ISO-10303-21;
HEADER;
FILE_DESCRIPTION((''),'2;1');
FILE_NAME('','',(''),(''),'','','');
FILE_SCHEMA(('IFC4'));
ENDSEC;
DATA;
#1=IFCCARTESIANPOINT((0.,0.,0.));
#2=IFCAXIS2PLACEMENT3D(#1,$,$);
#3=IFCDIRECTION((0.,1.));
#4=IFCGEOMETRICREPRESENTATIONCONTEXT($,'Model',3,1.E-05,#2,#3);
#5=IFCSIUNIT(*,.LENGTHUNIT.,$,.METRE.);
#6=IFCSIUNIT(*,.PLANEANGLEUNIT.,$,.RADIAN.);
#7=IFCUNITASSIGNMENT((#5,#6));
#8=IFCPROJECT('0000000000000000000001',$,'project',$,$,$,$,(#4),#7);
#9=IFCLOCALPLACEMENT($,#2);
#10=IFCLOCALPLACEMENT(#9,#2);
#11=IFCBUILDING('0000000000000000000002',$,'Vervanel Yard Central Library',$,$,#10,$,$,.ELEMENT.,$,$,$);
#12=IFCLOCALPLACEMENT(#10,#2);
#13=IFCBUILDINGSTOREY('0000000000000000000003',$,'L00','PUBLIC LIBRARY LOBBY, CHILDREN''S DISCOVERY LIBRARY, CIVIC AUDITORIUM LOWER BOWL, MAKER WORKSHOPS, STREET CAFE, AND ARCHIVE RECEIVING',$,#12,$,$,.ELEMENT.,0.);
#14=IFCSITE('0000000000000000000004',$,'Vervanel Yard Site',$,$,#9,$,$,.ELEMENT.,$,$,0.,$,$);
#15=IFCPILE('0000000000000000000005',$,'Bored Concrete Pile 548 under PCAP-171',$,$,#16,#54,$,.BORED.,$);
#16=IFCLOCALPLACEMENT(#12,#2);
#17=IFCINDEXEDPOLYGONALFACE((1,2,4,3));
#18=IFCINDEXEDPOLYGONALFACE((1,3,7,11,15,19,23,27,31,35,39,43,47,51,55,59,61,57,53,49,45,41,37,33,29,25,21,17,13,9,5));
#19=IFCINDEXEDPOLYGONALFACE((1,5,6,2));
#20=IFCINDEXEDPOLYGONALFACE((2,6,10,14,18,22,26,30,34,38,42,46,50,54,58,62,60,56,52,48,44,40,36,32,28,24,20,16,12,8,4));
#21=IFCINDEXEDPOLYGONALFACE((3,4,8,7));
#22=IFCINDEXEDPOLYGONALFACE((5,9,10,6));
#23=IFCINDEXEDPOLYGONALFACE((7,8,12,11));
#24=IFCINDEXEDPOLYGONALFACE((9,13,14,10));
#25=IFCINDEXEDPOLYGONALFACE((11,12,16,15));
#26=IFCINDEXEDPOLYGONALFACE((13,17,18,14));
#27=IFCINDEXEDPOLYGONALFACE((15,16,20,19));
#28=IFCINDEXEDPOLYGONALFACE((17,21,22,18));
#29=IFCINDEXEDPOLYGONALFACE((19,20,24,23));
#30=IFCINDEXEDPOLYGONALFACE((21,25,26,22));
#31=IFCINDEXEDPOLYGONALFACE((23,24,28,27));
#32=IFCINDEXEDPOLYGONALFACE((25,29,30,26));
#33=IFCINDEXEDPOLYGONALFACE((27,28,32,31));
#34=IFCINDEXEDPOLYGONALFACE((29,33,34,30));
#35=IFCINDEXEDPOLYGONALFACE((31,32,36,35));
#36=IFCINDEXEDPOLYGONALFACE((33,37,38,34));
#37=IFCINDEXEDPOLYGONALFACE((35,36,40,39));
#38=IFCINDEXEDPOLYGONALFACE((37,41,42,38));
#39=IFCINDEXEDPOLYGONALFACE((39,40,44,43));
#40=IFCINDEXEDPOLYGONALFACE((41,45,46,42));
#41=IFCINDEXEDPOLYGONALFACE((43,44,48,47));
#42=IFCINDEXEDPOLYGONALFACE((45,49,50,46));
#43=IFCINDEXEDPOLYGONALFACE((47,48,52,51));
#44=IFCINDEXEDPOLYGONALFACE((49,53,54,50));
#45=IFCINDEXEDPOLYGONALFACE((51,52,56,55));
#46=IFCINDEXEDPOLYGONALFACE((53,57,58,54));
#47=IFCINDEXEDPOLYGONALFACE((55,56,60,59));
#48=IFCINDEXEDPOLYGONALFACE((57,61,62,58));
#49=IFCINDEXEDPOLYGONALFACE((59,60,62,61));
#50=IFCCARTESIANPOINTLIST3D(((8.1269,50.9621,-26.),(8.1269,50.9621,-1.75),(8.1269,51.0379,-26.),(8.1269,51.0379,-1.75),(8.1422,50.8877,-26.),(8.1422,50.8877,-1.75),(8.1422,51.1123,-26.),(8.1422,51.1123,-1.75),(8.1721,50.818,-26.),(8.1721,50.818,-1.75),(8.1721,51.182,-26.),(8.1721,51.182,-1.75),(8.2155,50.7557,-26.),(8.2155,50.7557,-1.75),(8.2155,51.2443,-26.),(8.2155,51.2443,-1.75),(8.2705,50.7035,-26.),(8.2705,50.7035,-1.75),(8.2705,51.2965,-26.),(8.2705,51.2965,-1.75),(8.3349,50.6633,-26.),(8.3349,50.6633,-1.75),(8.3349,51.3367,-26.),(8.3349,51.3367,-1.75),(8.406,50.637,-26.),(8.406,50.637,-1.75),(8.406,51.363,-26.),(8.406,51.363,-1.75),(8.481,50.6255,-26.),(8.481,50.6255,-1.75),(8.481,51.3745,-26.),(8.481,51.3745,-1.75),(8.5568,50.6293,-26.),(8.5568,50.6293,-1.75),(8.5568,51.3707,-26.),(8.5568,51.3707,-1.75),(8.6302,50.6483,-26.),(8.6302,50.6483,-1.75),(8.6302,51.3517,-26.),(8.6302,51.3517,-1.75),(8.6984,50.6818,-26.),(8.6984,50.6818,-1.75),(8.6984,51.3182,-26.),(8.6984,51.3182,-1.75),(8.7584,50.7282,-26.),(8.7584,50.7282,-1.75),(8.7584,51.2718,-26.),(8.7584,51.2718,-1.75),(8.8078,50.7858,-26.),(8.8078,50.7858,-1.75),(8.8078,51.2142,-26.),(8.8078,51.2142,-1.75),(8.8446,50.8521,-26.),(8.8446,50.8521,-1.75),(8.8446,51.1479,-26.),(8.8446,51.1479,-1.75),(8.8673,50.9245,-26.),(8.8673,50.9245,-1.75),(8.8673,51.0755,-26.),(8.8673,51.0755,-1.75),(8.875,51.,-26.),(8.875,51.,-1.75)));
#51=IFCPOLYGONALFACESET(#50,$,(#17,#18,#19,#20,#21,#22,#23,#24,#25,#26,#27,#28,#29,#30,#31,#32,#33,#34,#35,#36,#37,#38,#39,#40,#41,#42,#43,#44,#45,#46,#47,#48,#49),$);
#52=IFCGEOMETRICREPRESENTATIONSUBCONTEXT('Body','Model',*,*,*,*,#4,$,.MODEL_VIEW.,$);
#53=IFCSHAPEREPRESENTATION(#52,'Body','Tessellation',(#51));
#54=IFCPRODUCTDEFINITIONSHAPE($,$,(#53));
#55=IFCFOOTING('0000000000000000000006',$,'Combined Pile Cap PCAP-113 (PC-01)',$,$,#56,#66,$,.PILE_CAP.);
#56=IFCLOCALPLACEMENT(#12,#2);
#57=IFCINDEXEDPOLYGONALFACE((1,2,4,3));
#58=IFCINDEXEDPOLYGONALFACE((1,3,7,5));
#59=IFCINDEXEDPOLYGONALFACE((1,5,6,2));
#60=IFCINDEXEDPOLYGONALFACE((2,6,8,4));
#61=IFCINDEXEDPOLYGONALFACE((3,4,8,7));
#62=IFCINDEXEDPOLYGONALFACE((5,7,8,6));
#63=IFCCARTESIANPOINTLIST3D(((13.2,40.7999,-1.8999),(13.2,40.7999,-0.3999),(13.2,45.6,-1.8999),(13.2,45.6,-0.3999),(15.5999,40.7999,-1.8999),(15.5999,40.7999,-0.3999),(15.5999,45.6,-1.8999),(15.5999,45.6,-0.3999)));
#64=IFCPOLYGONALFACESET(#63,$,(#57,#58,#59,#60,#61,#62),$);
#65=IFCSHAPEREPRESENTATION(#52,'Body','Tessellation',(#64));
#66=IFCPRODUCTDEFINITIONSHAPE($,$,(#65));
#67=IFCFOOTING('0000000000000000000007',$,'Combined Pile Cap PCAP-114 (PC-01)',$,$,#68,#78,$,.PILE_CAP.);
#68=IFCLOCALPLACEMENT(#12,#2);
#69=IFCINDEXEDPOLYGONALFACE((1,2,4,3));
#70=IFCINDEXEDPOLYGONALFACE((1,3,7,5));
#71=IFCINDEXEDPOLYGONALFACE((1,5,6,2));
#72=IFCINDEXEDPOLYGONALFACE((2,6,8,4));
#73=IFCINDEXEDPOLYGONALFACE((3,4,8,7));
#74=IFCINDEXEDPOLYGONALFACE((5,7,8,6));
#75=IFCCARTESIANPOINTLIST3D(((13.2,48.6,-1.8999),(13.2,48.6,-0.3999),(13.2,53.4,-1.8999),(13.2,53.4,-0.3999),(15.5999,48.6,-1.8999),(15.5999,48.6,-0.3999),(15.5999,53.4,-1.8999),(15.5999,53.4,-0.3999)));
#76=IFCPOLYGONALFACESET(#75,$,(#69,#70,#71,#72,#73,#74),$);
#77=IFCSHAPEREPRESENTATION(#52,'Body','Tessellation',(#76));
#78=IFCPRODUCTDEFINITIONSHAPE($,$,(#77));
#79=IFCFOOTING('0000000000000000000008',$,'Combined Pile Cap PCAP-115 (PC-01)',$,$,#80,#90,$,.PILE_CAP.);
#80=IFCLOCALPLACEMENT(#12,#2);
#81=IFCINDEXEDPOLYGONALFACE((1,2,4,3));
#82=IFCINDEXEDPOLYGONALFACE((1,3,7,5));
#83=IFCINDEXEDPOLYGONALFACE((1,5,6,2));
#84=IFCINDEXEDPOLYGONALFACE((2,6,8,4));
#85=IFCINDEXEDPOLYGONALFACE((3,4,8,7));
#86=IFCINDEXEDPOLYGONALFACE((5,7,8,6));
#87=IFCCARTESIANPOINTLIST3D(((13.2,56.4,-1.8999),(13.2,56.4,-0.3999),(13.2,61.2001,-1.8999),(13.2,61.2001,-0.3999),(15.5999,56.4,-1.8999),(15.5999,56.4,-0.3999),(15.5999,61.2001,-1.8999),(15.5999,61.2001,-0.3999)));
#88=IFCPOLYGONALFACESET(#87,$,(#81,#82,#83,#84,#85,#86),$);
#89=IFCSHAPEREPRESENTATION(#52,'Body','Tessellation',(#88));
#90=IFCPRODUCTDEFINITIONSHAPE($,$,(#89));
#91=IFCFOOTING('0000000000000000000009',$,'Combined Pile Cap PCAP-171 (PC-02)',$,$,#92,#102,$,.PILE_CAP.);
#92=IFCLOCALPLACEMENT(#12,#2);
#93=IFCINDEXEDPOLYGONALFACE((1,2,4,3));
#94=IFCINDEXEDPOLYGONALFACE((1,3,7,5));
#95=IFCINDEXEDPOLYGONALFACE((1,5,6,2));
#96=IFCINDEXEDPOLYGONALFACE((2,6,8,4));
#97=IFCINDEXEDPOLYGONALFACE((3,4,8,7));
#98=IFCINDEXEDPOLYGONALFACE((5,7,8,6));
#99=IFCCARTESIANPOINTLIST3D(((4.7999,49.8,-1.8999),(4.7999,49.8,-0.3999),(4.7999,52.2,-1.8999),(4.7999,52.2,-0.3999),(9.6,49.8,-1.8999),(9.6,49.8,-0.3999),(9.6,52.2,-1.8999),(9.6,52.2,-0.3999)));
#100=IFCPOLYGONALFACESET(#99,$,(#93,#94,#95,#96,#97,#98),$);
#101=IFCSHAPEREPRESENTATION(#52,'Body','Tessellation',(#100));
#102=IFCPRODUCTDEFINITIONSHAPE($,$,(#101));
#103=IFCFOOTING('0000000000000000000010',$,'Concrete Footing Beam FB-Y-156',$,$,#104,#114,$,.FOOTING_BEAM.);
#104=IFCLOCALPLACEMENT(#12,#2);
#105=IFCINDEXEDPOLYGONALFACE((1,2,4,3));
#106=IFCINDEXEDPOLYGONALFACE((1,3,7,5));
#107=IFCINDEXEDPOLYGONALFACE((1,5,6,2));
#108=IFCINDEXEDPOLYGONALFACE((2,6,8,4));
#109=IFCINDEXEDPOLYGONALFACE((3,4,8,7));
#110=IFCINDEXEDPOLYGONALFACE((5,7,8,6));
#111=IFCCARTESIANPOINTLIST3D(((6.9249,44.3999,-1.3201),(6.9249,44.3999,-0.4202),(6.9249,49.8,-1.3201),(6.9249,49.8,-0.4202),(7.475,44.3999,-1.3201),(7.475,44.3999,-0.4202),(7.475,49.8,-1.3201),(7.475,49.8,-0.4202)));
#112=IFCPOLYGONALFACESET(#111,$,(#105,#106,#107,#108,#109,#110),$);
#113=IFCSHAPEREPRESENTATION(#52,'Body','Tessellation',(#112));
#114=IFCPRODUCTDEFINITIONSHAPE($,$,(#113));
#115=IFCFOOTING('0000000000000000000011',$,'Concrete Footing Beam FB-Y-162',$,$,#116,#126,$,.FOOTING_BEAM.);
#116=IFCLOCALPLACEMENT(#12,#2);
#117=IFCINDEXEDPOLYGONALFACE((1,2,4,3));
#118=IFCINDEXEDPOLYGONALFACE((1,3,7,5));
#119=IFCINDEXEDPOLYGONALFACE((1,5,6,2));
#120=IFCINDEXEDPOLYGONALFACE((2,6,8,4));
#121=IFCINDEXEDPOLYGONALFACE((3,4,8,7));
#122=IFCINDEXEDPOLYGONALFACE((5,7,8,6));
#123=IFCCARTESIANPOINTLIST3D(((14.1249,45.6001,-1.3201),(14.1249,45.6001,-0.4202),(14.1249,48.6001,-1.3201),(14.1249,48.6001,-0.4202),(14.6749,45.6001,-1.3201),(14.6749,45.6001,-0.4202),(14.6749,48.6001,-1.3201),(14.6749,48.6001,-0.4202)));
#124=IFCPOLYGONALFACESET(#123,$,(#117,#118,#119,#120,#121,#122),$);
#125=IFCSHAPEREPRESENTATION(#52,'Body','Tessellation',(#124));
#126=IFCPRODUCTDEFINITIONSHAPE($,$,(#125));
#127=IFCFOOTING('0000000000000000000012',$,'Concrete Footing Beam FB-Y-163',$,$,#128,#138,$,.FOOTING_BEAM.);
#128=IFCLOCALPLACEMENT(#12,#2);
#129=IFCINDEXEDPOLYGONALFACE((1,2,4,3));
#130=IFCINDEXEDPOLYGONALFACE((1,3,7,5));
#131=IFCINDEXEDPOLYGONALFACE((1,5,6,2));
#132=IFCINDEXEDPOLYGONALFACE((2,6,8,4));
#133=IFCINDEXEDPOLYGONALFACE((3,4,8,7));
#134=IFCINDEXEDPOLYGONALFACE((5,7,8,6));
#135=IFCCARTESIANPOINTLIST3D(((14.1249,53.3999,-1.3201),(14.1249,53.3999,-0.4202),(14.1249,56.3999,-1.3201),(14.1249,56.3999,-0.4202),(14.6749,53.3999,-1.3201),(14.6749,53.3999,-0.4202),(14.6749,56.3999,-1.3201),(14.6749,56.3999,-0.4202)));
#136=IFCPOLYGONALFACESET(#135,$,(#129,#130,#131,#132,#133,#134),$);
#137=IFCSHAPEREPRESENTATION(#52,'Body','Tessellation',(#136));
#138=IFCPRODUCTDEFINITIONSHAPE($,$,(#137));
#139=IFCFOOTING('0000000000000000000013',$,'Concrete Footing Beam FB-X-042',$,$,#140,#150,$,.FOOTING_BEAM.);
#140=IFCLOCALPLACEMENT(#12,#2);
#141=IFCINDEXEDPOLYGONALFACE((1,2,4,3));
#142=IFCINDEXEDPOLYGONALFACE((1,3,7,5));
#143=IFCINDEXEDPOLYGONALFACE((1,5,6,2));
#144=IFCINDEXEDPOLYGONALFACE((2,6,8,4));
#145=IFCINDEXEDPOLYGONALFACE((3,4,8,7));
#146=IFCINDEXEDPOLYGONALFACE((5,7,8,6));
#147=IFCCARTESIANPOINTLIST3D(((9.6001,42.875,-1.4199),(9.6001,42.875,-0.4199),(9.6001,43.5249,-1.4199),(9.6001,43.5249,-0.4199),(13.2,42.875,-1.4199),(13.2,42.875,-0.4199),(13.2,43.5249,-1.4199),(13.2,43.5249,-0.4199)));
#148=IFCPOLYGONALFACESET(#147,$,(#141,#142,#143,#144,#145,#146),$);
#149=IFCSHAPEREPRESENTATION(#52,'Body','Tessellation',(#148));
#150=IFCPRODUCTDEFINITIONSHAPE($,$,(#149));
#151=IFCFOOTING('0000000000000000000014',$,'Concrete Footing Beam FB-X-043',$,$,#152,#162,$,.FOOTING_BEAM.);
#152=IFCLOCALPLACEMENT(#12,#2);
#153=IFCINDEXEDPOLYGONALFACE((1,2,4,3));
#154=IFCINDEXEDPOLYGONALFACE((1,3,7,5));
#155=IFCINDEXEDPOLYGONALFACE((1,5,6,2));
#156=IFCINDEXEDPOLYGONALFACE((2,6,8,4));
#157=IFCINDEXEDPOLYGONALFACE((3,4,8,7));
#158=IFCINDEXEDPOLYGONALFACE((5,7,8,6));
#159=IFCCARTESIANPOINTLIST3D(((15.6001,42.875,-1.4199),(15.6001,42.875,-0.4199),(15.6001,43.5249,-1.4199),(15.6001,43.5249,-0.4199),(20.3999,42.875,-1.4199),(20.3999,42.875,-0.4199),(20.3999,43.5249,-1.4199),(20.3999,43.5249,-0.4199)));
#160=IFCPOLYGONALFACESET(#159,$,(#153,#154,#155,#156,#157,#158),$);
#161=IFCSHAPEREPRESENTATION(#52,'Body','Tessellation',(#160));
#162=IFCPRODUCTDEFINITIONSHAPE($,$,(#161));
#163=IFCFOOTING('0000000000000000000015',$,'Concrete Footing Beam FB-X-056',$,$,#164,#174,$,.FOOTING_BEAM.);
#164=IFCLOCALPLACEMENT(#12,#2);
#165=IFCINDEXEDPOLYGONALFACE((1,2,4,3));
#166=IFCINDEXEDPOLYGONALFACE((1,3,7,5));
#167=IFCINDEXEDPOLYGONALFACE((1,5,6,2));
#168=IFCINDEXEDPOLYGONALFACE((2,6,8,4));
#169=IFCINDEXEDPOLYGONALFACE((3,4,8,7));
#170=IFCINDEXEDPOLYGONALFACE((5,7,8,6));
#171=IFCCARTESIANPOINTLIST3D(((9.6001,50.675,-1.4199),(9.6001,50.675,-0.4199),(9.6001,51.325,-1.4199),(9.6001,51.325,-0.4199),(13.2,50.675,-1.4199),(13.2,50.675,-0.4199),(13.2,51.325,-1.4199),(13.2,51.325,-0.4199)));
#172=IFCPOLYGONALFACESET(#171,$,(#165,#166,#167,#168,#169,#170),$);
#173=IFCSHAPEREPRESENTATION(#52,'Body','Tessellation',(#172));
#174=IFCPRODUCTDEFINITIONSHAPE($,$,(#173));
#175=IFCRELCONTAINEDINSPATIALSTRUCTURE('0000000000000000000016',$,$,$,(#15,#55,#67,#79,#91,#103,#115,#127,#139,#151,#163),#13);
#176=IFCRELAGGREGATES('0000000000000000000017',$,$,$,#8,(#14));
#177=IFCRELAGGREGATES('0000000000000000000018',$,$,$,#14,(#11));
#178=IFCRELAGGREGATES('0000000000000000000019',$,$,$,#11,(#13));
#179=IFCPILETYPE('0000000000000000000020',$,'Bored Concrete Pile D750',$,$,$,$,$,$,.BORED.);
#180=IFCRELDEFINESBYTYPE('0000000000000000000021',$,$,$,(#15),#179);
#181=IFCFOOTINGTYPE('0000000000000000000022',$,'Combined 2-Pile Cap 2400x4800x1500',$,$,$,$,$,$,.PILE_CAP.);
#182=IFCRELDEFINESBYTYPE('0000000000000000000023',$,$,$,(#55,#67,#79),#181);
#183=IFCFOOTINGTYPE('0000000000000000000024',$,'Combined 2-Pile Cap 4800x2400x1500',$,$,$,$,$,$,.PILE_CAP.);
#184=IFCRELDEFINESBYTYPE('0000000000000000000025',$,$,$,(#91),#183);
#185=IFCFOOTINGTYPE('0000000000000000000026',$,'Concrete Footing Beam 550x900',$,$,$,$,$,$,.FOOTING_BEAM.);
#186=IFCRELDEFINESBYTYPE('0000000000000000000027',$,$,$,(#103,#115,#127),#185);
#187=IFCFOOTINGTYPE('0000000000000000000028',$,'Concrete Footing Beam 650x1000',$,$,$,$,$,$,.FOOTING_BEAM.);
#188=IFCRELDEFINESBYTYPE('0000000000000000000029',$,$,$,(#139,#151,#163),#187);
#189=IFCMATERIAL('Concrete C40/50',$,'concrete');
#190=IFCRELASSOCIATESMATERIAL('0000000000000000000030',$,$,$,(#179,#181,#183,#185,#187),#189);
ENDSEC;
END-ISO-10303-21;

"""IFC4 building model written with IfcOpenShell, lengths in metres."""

from ifc_helpers import new_model, si_unit, direction, frame, origin, origin_2d, place, context, subcontext, project, spatial, rectangle, circle, extrude, material, material_profile, profile_set, type_object, element, save


model = new_model("IFC4")

# Units and contexts
model_context = context("Model", 3, precision=1e-05, world=origin(), true_north=direction((0.0, 1.0)))
body_context = subcontext(model_context, "Body", "Model", "MODEL_VIEW")
ifc_project = project(units=[si_unit("LENGTHUNIT", "METRE"), si_unit("PLANEANGLEUNIT", "RADIAN")], contexts=[model_context])

# Site, building, storey
site_placement = place(None, origin())
site = spatial("IfcSite", under=ifc_project, at=site_placement, Name="Vervanel Yard Site", CompositionType="ELEMENT", RefElevation=0.0)
building_placement = place(site_placement, origin())
building = spatial("IfcBuilding", under=site, at=building_placement, Name="Vervanel Yard Central Library", CompositionType="ELEMENT")
storey_placement = place(building_placement, origin())
storey = spatial("IfcBuildingStorey", under=building, at=storey_placement, Name="L00", Description="PUBLIC LIBRARY LOBBY, CHILDREN'S DISCOVERY LIBRARY, CIVIC AUDITORIUM LOWER BOWL, MAKER WORKSHOPS, STREET CAFE, AND ARCHIVE RECEIVING", CompositionType="ELEMENT", Elevation=0.0)

# Pile
ifc_material_1 = material(Name="Concrete C40/50", Category="concrete")
ifc_material_profile_1 = material_profile(ifc_material_1, circle(Radius=0.375, at=origin_2d()), Name="BP D750", Category="concrete")
ifc_profile_set_1 = profile_set([ifc_material_profile_1], Name="Concrete C40/50")
pile_type = type_object("IfcPileType", Name="Bored Concrete Pile D750", PredefinedType="BORED", material=ifc_profile_set_1)
for number, where, z_axis, x_axis, name in (
    (1, (8.5, 51.0, -1.75), (0.0, 0.0, -1.0), (1.0, 0.0, 0.0), "Bored Concrete Pile 548 under PCAP-171"),
):
    element("IfcPile", number, at=place(storey_placement, frame(where, z_axis=z_axis, x_axis=x_axis)), inside=storey, type_object=pile_type, Name=name, PredefinedType="BORED", context=body_context, shape_type="SweptSolid", body=[
        extrude(circle(Radius=0.375, at=origin_2d()), origin(), (0.0, 0.0, 1.0), 24.25),
    ])

# Footings
footing_type_1 = type_object("IfcFootingType", Name="Combined 2-Pile Cap 2400x4800x1500", PredefinedType="PILE_CAP", material=ifc_material_1)
for number, where, z_axis, x_axis, name in (
    (2, (14.3999, 43.2, -1.8999), (0.0, 0.0, 1.0), (1.0, 0.0, 0.0), "Combined Pile Cap PCAP-113 (PC-01)"),
    (3, (14.3999, 51.0, -1.8999), (0.0, 0.0, 1.0), (1.0, 0.0, 0.0), "Combined Pile Cap PCAP-114 (PC-01)"),
    (4, (14.3999, 58.8, -1.8999), (0.0, 0.0, 1.0), (1.0, 0.0, 0.0), "Combined Pile Cap PCAP-115 (PC-01)"),
):
    element("IfcFooting", number, at=place(storey_placement, frame(where, z_axis=z_axis, x_axis=x_axis)), inside=storey, type_object=footing_type_1, Name=name, PredefinedType="PILE_CAP", context=body_context, shape_type="SweptSolid", body=[
        extrude(rectangle(XDim=2.3999, YDim=4.8, at=origin_2d()), origin(), (0.0, 0.0, 1.0), 1.5),
    ])
footing_type_2 = type_object("IfcFootingType", Name="Combined 2-Pile Cap 4800x2400x1500", PredefinedType="PILE_CAP", material=ifc_material_1)
footing_1_placement = place(storey_placement, frame((7.2, 51.0, -1.8999), z_axis=(0.0, 0.0, 1.0), x_axis=(1.0, 0.0, 0.0)))
element("IfcFooting", 5, at=footing_1_placement, inside=storey, type_object=footing_type_2, Name="Combined Pile Cap PCAP-171 (PC-02)", PredefinedType="PILE_CAP", context=body_context, shape_type="SweptSolid", body=[
    extrude(rectangle(XDim=4.8, YDim=2.3999, at=origin_2d()), origin(), (0.0, 0.0, 1.0), 1.5),
])
ifc_material_profile_2 = material_profile(ifc_material_1, rectangle(XDim=0.55, YDim=0.8999, at=origin_2d()), Name="RC 550x900", Category="concrete")
ifc_profile_set_2 = profile_set([ifc_material_profile_2], Name="Concrete C40/50")
footing_type_3 = type_object("IfcFootingType", Name="Concrete Footing Beam 550x900", PredefinedType="FOOTING_BEAM", material=ifc_profile_set_2)
footing_2_placement = place(storey_placement, frame((7.2, 44.3999, -0.8701), z_axis=(0.0, 1.0, 0.0), x_axis=(-1.0, 0.0, 0.0)))
element("IfcFooting", 6, at=footing_2_placement, inside=storey, type_object=footing_type_3, Name="Concrete Footing Beam FB-Y-156", PredefinedType="FOOTING_BEAM", context=body_context, shape_type="SweptSolid", body=[
    extrude(rectangle(XDim=0.55, YDim=0.8999, at=origin_2d()), origin(), (0.0, 0.0, 1.0), 5.4001),
])
for number, where, z_axis, x_axis, name in (
    (7, (14.3999, 45.6001, -0.8701), (0.0, 1.0, 0.0), (-1.0, 0.0, 0.0), "Concrete Footing Beam FB-Y-162"),
    (8, (14.3999, 53.3999, -0.8701), (0.0, 1.0, 0.0), (-1.0, 0.0, 0.0), "Concrete Footing Beam FB-Y-163"),
):
    element("IfcFooting", number, at=place(storey_placement, frame(where, z_axis=z_axis, x_axis=x_axis)), inside=storey, type_object=footing_type_3, Name=name, PredefinedType="FOOTING_BEAM", context=body_context, shape_type="SweptSolid", body=[
        extrude(rectangle(XDim=0.55, YDim=0.8999, at=origin_2d()), origin(), (0.0, 0.0, 1.0), 3.0),
    ])
ifc_material_profile_3 = material_profile(ifc_material_1, rectangle(XDim=0.6499, YDim=1.0, at=origin_2d()), Name="RC 650x1000", Category="concrete")
ifc_profile_set_3 = profile_set([ifc_material_profile_3], Name="Concrete C40/50")
footing_type_4 = type_object("IfcFootingType", Name="Concrete Footing Beam 650x1000", PredefinedType="FOOTING_BEAM", material=ifc_profile_set_3)
footing_3_placement = place(storey_placement, frame((9.6001, 43.2, -0.9199), z_axis=(1.0, 0.0, 0.0), x_axis=(0.0, 1.0, 0.0)))
element("IfcFooting", 9, at=footing_3_placement, inside=storey, type_object=footing_type_4, Name="Concrete Footing Beam FB-X-042", PredefinedType="FOOTING_BEAM", context=body_context, shape_type="SweptSolid", body=[
    extrude(rectangle(XDim=0.6499, YDim=1.0, at=origin_2d()), origin(), (0.0, 0.0, 1.0), 3.5999),
])
footing_4_placement = place(storey_placement, frame((15.6001, 43.2, -0.9199), z_axis=(1.0, 0.0, 0.0), x_axis=(0.0, 1.0, 0.0)))
element("IfcFooting", 10, at=footing_4_placement, inside=storey, type_object=footing_type_4, Name="Concrete Footing Beam FB-X-043", PredefinedType="FOOTING_BEAM", context=body_context, shape_type="SweptSolid", body=[
    extrude(rectangle(XDim=0.6499, YDim=1.0, at=origin_2d()), origin(), (0.0, 0.0, 1.0), 4.7998),
])
footing_5_placement = place(storey_placement, frame((9.6001, 51.0, -0.9199), z_axis=(1.0, 0.0, 0.0), x_axis=(0.0, 1.0, 0.0)))
element("IfcFooting", 11, at=footing_5_placement, inside=storey, type_object=footing_type_4, Name="Concrete Footing Beam FB-X-056", PredefinedType="FOOTING_BEAM", context=body_context, shape_type="SweptSolid", body=[
    extrude(rectangle(XDim=0.6499, YDim=1.0, at=origin_2d()), origin(), (0.0, 0.0, 1.0), 3.5999),
])

save(model, "model.ifc")
